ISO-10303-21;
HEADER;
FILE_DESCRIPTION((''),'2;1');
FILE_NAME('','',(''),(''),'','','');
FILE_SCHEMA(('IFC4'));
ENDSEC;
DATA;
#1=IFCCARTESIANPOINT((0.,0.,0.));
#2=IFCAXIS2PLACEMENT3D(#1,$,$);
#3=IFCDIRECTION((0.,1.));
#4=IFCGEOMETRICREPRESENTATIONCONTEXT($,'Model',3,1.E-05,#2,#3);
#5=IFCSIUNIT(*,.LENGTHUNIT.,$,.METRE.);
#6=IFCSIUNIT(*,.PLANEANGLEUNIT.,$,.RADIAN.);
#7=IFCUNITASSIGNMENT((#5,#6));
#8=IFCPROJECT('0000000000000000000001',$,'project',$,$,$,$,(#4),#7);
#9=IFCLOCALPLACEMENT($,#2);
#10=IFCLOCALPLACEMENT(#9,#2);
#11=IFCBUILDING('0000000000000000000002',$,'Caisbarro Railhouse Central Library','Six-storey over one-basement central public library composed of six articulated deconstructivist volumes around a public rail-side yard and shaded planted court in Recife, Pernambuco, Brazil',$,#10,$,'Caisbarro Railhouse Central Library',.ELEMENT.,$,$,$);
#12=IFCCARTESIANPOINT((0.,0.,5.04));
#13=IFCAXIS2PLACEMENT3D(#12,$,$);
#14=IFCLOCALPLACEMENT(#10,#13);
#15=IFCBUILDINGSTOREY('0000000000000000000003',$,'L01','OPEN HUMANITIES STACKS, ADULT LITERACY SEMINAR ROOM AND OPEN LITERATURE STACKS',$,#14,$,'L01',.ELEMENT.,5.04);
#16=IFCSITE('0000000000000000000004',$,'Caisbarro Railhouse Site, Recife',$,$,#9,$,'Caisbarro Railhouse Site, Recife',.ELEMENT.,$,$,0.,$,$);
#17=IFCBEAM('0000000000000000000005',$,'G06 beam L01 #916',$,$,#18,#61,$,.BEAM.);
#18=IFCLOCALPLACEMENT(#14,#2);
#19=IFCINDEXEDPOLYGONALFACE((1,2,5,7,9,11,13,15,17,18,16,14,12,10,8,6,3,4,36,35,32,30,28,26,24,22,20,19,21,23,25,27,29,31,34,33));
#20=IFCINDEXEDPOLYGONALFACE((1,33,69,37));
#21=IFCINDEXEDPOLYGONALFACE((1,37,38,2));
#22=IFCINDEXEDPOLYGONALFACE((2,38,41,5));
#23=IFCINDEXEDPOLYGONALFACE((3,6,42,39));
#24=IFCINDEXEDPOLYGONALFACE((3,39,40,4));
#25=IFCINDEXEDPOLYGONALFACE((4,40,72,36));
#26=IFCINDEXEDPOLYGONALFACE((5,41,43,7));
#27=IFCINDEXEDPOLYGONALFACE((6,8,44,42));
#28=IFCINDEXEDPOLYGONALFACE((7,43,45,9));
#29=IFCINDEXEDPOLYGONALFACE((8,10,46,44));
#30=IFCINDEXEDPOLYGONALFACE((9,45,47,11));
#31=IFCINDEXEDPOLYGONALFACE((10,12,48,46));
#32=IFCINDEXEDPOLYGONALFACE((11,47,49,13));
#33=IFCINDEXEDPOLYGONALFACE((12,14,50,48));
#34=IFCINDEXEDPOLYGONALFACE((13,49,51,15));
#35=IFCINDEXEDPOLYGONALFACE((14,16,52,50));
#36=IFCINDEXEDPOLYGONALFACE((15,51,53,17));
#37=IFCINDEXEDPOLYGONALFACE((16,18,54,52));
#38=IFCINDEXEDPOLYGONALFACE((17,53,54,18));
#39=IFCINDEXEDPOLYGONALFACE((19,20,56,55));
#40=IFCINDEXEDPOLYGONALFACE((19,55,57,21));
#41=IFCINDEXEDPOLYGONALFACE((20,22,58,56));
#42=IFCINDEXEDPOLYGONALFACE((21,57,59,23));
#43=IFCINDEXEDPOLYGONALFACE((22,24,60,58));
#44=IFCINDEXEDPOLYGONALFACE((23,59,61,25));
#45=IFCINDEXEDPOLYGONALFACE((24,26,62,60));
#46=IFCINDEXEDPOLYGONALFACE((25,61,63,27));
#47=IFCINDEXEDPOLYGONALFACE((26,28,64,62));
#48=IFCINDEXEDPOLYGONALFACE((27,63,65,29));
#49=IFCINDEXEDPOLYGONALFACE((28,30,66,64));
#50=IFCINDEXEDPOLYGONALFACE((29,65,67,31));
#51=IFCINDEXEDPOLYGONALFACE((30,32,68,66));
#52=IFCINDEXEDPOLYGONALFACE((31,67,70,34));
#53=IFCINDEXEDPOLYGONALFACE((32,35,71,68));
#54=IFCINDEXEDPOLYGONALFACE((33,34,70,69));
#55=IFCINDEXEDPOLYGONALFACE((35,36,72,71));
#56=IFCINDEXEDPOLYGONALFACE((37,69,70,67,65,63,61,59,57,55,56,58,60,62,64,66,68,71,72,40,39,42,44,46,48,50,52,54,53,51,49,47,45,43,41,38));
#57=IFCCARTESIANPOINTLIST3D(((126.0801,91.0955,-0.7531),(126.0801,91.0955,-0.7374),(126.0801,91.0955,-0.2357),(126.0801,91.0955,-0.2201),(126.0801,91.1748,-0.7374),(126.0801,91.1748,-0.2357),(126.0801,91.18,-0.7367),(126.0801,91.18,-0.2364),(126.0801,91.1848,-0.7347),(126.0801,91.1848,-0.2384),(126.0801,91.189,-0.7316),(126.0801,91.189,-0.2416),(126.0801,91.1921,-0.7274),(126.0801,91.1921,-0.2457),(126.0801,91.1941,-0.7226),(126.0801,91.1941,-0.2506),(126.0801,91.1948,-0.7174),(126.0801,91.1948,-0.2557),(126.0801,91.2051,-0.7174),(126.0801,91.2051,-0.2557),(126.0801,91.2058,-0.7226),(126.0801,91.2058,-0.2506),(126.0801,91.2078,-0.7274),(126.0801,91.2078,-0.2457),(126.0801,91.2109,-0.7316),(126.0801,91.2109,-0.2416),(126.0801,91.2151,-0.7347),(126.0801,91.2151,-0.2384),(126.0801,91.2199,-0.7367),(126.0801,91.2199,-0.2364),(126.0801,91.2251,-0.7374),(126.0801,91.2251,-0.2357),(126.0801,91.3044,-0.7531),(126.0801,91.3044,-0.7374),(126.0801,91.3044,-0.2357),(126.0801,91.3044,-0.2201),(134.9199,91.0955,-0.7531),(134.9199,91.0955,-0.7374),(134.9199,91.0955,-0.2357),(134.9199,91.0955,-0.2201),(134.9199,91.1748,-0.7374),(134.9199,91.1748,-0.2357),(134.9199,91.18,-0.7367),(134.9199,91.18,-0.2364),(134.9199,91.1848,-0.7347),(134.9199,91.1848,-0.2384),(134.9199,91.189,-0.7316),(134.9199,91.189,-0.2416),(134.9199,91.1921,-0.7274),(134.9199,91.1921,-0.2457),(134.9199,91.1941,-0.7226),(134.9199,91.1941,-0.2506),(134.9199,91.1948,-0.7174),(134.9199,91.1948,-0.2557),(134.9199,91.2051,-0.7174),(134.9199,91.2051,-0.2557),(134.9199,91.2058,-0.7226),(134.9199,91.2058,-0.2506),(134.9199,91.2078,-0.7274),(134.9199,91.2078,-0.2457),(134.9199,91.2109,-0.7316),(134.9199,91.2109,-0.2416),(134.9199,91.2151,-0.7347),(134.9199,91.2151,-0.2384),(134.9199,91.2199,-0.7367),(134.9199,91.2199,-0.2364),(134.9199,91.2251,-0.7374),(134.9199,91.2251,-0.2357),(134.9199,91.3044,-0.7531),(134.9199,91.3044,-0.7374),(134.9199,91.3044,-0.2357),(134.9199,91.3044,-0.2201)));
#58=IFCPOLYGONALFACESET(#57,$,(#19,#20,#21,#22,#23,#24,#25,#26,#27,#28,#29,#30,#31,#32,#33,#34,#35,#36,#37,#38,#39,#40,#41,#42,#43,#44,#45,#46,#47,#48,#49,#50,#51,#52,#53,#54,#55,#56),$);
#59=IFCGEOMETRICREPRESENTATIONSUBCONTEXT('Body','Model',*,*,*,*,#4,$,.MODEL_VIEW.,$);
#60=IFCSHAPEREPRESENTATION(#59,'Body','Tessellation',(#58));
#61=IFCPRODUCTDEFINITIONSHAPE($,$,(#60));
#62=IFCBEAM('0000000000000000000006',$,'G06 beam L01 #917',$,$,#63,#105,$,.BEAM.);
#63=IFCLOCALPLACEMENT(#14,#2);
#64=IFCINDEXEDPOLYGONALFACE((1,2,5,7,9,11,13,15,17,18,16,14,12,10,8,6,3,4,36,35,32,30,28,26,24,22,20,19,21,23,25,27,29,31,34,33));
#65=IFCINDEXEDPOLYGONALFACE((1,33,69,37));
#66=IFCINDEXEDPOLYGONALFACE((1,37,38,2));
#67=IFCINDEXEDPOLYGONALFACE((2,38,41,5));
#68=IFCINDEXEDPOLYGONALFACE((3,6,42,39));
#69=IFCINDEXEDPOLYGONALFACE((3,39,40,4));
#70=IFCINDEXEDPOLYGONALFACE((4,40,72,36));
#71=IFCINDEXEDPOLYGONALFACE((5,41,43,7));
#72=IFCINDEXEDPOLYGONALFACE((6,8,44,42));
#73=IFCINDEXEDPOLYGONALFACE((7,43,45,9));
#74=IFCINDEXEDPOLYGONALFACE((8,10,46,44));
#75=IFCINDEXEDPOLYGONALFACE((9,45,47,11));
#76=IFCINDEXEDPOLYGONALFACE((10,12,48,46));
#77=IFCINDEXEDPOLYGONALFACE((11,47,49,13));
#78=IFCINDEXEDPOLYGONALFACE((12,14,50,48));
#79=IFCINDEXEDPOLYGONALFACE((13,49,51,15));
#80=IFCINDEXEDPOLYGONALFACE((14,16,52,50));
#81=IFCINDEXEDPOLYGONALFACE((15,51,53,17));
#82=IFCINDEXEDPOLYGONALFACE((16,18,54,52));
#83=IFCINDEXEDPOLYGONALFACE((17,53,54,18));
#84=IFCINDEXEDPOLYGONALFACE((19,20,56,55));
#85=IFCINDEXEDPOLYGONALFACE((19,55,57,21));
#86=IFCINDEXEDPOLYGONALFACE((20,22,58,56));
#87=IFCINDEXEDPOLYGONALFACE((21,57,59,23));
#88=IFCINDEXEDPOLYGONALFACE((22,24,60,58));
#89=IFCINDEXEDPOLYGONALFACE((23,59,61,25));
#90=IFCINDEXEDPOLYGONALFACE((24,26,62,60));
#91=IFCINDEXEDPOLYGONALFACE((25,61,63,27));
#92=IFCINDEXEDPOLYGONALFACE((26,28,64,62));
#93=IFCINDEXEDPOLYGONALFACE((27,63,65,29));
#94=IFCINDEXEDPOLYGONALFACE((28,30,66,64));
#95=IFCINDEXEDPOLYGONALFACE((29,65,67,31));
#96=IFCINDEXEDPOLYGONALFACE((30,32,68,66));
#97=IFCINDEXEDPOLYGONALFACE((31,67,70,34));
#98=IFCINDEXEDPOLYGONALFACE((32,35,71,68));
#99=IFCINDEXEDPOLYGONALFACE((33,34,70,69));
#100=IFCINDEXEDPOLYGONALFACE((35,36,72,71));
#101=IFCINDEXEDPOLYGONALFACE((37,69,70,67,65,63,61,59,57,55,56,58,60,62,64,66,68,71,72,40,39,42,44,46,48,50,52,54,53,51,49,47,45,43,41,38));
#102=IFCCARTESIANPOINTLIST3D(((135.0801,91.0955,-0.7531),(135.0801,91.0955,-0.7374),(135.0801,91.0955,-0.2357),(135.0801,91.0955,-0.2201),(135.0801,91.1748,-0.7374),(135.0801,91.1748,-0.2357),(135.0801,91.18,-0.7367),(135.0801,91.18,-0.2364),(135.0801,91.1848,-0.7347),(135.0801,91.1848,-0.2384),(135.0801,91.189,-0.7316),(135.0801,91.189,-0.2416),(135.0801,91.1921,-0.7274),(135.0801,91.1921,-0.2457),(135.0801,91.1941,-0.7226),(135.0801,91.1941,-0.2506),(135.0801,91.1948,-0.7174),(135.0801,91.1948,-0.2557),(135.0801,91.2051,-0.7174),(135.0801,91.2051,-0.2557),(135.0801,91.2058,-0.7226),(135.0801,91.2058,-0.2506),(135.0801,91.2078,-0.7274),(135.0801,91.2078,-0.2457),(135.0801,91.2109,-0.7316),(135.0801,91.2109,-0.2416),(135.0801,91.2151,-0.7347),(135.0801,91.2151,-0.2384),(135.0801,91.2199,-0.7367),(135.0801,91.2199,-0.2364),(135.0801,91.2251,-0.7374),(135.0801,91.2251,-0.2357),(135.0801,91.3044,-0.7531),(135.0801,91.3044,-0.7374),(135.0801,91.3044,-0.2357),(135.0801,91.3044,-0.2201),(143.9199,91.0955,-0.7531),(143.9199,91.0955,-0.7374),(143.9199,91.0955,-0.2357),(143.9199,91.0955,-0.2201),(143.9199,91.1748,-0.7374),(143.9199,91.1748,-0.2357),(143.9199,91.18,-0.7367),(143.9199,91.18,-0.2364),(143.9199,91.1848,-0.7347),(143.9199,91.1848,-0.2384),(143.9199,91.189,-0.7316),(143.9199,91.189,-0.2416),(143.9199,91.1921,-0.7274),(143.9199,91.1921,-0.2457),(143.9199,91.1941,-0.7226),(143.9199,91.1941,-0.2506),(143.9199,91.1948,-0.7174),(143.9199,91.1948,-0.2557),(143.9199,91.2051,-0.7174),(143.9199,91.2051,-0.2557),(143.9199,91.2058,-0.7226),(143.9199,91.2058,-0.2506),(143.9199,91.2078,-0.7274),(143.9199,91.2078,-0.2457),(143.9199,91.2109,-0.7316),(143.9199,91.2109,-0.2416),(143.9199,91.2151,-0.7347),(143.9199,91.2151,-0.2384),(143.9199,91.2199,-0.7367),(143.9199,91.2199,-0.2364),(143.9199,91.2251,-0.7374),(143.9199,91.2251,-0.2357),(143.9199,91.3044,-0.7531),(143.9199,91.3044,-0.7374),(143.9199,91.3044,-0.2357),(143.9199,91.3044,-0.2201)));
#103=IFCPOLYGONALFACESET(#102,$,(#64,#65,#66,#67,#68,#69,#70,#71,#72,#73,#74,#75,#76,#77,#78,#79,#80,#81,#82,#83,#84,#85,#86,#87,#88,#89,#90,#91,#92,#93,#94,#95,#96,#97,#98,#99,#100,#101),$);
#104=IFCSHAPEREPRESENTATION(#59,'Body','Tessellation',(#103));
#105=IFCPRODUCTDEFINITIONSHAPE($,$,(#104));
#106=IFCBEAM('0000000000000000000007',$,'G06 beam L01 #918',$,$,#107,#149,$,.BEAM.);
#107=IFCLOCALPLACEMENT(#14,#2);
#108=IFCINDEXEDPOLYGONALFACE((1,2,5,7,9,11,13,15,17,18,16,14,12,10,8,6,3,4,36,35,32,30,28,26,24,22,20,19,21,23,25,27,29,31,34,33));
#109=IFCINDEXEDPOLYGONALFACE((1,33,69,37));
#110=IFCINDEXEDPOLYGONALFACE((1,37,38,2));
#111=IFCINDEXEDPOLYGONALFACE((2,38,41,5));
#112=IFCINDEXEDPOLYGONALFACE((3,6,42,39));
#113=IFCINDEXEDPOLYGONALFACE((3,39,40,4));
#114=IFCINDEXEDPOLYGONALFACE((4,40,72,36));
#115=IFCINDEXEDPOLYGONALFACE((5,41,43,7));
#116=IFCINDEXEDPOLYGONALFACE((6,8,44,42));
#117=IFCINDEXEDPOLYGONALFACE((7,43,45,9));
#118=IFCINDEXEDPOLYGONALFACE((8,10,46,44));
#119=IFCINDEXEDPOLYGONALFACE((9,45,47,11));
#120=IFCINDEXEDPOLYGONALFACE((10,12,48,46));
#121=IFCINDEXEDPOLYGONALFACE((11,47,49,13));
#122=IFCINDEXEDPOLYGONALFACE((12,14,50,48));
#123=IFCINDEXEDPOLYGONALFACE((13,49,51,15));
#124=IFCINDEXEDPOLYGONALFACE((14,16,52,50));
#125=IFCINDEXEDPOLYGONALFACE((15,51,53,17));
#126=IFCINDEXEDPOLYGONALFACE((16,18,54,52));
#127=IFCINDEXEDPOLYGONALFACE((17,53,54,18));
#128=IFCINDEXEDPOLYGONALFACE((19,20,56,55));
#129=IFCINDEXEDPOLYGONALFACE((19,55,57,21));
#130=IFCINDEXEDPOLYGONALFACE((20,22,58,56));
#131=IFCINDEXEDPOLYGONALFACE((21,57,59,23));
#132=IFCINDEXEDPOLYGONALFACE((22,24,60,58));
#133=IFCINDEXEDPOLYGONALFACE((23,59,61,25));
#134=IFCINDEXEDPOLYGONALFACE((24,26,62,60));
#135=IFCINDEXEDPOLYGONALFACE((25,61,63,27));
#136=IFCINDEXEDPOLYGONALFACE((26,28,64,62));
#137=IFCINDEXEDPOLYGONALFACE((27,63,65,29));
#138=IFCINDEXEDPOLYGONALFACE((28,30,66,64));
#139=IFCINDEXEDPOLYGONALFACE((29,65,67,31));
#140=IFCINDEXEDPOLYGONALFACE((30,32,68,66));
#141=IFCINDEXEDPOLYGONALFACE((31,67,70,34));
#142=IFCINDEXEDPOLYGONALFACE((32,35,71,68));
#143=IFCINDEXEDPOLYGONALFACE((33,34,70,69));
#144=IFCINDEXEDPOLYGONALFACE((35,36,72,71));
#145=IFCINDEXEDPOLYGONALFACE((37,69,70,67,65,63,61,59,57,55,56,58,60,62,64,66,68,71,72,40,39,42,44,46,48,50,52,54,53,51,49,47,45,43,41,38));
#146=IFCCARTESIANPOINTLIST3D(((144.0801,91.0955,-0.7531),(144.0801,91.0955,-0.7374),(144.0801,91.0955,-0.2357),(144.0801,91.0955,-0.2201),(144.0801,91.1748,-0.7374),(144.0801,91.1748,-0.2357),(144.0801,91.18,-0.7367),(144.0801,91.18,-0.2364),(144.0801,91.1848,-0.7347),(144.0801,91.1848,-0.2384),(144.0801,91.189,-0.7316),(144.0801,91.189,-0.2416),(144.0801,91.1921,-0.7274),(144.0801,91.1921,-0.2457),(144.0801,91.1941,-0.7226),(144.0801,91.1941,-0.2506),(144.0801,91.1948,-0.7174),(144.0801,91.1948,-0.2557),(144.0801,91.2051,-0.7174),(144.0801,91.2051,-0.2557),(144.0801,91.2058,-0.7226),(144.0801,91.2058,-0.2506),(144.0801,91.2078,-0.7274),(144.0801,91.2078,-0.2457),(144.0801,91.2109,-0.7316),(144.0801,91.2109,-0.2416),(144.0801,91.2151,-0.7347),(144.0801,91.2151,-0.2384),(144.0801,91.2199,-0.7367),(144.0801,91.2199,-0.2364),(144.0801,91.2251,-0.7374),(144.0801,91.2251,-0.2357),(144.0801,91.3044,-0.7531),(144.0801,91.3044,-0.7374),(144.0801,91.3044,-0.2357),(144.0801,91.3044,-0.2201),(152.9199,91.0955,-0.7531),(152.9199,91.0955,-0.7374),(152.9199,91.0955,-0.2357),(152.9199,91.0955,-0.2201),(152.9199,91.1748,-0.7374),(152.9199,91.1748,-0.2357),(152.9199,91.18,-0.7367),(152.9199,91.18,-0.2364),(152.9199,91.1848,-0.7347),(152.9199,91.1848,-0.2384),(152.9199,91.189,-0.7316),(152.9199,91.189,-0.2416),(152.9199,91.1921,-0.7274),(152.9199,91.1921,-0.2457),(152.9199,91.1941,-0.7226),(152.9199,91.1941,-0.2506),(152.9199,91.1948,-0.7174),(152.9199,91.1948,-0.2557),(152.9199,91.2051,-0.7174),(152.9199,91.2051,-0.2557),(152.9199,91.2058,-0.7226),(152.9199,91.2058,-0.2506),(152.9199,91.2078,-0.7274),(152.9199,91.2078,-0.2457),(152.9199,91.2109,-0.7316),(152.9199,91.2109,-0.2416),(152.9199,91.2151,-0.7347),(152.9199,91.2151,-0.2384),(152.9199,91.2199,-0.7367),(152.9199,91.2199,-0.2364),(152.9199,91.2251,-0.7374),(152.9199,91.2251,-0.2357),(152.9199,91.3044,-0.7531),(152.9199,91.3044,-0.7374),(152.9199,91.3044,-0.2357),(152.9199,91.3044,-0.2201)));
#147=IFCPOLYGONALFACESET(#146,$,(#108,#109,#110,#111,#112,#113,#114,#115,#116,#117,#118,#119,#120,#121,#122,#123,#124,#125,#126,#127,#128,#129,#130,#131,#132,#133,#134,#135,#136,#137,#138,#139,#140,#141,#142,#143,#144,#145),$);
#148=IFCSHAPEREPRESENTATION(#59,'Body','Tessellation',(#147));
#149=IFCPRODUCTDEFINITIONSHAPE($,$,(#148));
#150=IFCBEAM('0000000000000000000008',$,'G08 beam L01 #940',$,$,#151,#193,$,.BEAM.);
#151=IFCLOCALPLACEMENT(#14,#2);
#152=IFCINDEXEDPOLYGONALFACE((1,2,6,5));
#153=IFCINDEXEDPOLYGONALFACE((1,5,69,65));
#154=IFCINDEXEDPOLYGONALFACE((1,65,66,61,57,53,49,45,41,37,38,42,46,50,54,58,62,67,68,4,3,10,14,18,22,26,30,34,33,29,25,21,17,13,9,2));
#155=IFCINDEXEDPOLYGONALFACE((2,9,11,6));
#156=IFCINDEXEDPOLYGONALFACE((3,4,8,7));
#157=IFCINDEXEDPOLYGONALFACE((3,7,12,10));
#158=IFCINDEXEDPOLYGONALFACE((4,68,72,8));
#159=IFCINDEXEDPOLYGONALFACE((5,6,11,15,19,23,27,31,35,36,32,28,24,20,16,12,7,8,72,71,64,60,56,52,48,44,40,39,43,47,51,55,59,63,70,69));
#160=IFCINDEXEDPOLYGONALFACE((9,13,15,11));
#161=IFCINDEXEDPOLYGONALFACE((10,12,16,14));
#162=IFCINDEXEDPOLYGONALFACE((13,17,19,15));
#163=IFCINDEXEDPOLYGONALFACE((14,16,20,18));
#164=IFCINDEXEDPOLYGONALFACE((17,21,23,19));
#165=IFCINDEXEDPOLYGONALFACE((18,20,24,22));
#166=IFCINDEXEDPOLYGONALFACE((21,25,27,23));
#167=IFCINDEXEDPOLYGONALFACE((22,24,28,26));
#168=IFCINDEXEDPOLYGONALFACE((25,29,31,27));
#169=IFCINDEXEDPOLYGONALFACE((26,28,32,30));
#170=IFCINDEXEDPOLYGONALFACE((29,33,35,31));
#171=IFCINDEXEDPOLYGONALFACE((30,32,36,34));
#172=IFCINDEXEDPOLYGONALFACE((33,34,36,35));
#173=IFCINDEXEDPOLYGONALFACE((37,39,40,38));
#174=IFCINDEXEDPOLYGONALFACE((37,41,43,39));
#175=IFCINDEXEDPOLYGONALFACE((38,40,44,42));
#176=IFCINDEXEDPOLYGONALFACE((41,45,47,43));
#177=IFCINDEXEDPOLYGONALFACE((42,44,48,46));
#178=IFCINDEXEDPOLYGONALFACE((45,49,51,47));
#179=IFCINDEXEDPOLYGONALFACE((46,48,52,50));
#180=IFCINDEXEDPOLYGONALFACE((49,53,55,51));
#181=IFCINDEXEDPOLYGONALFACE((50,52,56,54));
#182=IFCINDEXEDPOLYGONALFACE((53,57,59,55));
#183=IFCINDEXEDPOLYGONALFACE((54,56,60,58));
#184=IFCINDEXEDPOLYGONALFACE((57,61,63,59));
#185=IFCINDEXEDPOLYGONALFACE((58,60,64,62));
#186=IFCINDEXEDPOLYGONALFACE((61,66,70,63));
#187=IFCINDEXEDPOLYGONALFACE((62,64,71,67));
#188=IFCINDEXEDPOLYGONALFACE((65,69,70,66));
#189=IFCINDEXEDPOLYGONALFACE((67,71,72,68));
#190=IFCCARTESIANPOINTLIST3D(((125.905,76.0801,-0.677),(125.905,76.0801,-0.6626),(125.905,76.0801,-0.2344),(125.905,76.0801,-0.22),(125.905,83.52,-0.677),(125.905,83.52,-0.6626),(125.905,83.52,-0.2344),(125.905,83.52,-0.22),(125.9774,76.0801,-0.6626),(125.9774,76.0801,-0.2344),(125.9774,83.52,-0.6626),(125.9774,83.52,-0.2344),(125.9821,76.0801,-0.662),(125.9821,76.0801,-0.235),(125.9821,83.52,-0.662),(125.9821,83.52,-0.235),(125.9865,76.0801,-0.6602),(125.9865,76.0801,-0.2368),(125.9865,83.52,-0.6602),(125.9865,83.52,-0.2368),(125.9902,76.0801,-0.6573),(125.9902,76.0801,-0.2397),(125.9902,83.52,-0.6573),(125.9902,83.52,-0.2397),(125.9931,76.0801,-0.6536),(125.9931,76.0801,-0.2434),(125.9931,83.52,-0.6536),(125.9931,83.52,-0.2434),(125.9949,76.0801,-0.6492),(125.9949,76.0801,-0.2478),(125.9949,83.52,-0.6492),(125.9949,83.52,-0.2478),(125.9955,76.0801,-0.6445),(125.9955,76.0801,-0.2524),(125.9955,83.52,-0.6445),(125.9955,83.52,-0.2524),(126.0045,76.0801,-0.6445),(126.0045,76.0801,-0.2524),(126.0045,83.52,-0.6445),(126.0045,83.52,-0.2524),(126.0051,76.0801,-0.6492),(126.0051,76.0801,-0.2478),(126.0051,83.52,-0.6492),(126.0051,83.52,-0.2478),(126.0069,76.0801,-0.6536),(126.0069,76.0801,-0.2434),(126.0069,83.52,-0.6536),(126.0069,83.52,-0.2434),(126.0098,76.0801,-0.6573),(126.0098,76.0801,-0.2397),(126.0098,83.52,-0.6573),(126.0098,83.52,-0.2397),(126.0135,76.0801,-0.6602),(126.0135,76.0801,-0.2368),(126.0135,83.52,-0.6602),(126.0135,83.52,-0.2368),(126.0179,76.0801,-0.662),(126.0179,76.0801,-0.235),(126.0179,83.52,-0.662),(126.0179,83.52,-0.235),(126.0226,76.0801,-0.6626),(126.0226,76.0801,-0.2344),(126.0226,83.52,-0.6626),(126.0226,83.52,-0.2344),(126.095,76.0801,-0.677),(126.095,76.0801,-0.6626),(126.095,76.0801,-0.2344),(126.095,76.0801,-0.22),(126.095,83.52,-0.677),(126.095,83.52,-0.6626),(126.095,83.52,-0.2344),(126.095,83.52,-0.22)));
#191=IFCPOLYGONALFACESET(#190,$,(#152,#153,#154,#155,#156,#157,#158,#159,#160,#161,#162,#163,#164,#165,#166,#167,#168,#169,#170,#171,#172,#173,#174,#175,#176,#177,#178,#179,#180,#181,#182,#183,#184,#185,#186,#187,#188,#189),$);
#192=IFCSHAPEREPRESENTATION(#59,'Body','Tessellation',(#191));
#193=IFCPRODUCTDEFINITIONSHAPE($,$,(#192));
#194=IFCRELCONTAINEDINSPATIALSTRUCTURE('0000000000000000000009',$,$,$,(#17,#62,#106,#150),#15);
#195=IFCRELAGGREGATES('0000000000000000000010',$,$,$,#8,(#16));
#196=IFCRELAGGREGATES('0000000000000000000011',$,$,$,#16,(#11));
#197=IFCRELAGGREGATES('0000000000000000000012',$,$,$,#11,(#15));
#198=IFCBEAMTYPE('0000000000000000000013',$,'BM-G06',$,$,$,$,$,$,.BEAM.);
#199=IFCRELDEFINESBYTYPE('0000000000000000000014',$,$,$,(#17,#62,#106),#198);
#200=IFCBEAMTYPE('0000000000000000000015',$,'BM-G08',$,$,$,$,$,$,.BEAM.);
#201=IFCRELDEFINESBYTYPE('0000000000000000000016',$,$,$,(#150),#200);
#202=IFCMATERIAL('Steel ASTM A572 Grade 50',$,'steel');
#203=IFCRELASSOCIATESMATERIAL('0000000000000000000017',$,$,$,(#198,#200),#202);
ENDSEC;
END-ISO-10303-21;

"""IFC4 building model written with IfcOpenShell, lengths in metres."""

from ifc_helpers import new_model, si_unit, direction, frame, origin, origin_2d, place, context, subcontext, project, spatial, i_section, extrude, material, material_profile, profile_set, type_object, element, save


model = new_model("IFC4")

# Units and contexts
model_context = context("Model", 3, precision=1e-05, world=origin(), true_north=direction((0.0, 1.0)))
body_context = subcontext(model_context, "Body", "Model", "MODEL_VIEW")
ifc_project = project(units=[si_unit("LENGTHUNIT", "METRE"), si_unit("PLANEANGLEUNIT", "RADIAN")], contexts=[model_context])

# Site, building, storey
site_placement = place(None, origin())
site = spatial("IfcSite", under=ifc_project, at=site_placement, Name="Caisbarro Railhouse Site, Recife", LongName="Caisbarro Railhouse Site, Recife", CompositionType="ELEMENT", RefElevation=0.0)
building_placement = place(site_placement, origin())
building = spatial("IfcBuilding", under=site, at=building_placement, Name="Caisbarro Railhouse Central Library", Description="Six-storey over one-basement central public library composed of six articulated deconstructivist volumes around a public rail-side yard and shaded planted court in Recife, Pernambuco, Brazil", LongName="Caisbarro Railhouse Central Library", CompositionType="ELEMENT")
storey_placement = place(building_placement, frame((0.0, 0.0, 5.04)))
storey = spatial("IfcBuildingStorey", under=building, at=storey_placement, Name="L01", Description="OPEN HUMANITIES STACKS, ADULT LITERACY SEMINAR ROOM AND OPEN LITERATURE STACKS", LongName="L01", CompositionType="ELEMENT", Elevation=5.04)

# Shared definitions
ifc_material_1 = material(Name="Steel ASTM A572 Grade 50", Category="steel")

# Beams
ifc_material_profile_1 = material_profile(ifc_material_1, i_section(OverallWidth=0.209, OverallDepth=0.533, WebThickness=0.0103, FlangeThickness=0.0156, FilletRadius=0.02, at=origin_2d()), Name="W530X92.0")
ifc_profile_set_1 = profile_set([ifc_material_profile_1], Name="Steel ASTM A572 Grade 50")
beam_type_1 = type_object("IfcBeamType", Name="BM-G06", PredefinedType="BEAM", material=ifc_profile_set_1)
for number, where, z_axis, x_axis, name in (
    (1, (126.0801, 91.2, -0.4866), (1.0, 0.0, 0.0), (0.0, 1.0, 0.0), "G06 beam L01 #916"),
    (2, (135.0801, 91.2, -0.4866), (1.0, 0.0, 0.0), (0.0, 1.0, 0.0), "G06 beam L01 #917"),
    (3, (144.0801, 91.2, -0.4866), (1.0, 0.0, 0.0), (0.0, 1.0, 0.0), "G06 beam L01 #918"),
):
    element("IfcBeam", number, at=place(storey_placement, frame(where, z_axis=z_axis, x_axis=x_axis)), inside=storey, type_object=beam_type_1, Name=name, PredefinedType="BEAM", context=body_context, shape_type="SweptSolid", body=[
        extrude(i_section(OverallWidth=0.209, OverallDepth=0.533, WebThickness=0.0103, FlangeThickness=0.0156, FilletRadius=0.02, at=origin_2d()), origin(), (0.0, 0.0, 1.0), 8.8398),
    ])
ifc_material_profile_2 = material_profile(ifc_material_1, i_section(OverallWidth=0.1899, OverallDepth=0.457, WebThickness=0.009, FlangeThickness=0.0144, FilletRadius=0.0181, at=origin_2d()), Name="W460X74.0")
ifc_profile_set_2 = profile_set([ifc_material_profile_2], Name="Steel ASTM A572 Grade 50")
beam_type_2 = type_object("IfcBeamType", Name="BM-G08", PredefinedType="BEAM", material=ifc_profile_set_2)
beam_1_placement = place(storey_placement, frame((126.0, 76.0801, -0.4485), z_axis=(0.0, 1.0, 0.0), x_axis=(-1.0, 0.0, 0.0)))
element("IfcBeam", 4, at=beam_1_placement, inside=storey, type_object=beam_type_2, Name="G08 beam L01 #940", PredefinedType="BEAM", context=body_context, shape_type="SweptSolid", body=[
    extrude(i_section(OverallWidth=0.1899, OverallDepth=0.457, WebThickness=0.009, FlangeThickness=0.0144, FilletRadius=0.0181, at=origin_2d()), origin(), (0.0, 0.0, 1.0), 7.4399),
])

save(model, "model.ifc")
